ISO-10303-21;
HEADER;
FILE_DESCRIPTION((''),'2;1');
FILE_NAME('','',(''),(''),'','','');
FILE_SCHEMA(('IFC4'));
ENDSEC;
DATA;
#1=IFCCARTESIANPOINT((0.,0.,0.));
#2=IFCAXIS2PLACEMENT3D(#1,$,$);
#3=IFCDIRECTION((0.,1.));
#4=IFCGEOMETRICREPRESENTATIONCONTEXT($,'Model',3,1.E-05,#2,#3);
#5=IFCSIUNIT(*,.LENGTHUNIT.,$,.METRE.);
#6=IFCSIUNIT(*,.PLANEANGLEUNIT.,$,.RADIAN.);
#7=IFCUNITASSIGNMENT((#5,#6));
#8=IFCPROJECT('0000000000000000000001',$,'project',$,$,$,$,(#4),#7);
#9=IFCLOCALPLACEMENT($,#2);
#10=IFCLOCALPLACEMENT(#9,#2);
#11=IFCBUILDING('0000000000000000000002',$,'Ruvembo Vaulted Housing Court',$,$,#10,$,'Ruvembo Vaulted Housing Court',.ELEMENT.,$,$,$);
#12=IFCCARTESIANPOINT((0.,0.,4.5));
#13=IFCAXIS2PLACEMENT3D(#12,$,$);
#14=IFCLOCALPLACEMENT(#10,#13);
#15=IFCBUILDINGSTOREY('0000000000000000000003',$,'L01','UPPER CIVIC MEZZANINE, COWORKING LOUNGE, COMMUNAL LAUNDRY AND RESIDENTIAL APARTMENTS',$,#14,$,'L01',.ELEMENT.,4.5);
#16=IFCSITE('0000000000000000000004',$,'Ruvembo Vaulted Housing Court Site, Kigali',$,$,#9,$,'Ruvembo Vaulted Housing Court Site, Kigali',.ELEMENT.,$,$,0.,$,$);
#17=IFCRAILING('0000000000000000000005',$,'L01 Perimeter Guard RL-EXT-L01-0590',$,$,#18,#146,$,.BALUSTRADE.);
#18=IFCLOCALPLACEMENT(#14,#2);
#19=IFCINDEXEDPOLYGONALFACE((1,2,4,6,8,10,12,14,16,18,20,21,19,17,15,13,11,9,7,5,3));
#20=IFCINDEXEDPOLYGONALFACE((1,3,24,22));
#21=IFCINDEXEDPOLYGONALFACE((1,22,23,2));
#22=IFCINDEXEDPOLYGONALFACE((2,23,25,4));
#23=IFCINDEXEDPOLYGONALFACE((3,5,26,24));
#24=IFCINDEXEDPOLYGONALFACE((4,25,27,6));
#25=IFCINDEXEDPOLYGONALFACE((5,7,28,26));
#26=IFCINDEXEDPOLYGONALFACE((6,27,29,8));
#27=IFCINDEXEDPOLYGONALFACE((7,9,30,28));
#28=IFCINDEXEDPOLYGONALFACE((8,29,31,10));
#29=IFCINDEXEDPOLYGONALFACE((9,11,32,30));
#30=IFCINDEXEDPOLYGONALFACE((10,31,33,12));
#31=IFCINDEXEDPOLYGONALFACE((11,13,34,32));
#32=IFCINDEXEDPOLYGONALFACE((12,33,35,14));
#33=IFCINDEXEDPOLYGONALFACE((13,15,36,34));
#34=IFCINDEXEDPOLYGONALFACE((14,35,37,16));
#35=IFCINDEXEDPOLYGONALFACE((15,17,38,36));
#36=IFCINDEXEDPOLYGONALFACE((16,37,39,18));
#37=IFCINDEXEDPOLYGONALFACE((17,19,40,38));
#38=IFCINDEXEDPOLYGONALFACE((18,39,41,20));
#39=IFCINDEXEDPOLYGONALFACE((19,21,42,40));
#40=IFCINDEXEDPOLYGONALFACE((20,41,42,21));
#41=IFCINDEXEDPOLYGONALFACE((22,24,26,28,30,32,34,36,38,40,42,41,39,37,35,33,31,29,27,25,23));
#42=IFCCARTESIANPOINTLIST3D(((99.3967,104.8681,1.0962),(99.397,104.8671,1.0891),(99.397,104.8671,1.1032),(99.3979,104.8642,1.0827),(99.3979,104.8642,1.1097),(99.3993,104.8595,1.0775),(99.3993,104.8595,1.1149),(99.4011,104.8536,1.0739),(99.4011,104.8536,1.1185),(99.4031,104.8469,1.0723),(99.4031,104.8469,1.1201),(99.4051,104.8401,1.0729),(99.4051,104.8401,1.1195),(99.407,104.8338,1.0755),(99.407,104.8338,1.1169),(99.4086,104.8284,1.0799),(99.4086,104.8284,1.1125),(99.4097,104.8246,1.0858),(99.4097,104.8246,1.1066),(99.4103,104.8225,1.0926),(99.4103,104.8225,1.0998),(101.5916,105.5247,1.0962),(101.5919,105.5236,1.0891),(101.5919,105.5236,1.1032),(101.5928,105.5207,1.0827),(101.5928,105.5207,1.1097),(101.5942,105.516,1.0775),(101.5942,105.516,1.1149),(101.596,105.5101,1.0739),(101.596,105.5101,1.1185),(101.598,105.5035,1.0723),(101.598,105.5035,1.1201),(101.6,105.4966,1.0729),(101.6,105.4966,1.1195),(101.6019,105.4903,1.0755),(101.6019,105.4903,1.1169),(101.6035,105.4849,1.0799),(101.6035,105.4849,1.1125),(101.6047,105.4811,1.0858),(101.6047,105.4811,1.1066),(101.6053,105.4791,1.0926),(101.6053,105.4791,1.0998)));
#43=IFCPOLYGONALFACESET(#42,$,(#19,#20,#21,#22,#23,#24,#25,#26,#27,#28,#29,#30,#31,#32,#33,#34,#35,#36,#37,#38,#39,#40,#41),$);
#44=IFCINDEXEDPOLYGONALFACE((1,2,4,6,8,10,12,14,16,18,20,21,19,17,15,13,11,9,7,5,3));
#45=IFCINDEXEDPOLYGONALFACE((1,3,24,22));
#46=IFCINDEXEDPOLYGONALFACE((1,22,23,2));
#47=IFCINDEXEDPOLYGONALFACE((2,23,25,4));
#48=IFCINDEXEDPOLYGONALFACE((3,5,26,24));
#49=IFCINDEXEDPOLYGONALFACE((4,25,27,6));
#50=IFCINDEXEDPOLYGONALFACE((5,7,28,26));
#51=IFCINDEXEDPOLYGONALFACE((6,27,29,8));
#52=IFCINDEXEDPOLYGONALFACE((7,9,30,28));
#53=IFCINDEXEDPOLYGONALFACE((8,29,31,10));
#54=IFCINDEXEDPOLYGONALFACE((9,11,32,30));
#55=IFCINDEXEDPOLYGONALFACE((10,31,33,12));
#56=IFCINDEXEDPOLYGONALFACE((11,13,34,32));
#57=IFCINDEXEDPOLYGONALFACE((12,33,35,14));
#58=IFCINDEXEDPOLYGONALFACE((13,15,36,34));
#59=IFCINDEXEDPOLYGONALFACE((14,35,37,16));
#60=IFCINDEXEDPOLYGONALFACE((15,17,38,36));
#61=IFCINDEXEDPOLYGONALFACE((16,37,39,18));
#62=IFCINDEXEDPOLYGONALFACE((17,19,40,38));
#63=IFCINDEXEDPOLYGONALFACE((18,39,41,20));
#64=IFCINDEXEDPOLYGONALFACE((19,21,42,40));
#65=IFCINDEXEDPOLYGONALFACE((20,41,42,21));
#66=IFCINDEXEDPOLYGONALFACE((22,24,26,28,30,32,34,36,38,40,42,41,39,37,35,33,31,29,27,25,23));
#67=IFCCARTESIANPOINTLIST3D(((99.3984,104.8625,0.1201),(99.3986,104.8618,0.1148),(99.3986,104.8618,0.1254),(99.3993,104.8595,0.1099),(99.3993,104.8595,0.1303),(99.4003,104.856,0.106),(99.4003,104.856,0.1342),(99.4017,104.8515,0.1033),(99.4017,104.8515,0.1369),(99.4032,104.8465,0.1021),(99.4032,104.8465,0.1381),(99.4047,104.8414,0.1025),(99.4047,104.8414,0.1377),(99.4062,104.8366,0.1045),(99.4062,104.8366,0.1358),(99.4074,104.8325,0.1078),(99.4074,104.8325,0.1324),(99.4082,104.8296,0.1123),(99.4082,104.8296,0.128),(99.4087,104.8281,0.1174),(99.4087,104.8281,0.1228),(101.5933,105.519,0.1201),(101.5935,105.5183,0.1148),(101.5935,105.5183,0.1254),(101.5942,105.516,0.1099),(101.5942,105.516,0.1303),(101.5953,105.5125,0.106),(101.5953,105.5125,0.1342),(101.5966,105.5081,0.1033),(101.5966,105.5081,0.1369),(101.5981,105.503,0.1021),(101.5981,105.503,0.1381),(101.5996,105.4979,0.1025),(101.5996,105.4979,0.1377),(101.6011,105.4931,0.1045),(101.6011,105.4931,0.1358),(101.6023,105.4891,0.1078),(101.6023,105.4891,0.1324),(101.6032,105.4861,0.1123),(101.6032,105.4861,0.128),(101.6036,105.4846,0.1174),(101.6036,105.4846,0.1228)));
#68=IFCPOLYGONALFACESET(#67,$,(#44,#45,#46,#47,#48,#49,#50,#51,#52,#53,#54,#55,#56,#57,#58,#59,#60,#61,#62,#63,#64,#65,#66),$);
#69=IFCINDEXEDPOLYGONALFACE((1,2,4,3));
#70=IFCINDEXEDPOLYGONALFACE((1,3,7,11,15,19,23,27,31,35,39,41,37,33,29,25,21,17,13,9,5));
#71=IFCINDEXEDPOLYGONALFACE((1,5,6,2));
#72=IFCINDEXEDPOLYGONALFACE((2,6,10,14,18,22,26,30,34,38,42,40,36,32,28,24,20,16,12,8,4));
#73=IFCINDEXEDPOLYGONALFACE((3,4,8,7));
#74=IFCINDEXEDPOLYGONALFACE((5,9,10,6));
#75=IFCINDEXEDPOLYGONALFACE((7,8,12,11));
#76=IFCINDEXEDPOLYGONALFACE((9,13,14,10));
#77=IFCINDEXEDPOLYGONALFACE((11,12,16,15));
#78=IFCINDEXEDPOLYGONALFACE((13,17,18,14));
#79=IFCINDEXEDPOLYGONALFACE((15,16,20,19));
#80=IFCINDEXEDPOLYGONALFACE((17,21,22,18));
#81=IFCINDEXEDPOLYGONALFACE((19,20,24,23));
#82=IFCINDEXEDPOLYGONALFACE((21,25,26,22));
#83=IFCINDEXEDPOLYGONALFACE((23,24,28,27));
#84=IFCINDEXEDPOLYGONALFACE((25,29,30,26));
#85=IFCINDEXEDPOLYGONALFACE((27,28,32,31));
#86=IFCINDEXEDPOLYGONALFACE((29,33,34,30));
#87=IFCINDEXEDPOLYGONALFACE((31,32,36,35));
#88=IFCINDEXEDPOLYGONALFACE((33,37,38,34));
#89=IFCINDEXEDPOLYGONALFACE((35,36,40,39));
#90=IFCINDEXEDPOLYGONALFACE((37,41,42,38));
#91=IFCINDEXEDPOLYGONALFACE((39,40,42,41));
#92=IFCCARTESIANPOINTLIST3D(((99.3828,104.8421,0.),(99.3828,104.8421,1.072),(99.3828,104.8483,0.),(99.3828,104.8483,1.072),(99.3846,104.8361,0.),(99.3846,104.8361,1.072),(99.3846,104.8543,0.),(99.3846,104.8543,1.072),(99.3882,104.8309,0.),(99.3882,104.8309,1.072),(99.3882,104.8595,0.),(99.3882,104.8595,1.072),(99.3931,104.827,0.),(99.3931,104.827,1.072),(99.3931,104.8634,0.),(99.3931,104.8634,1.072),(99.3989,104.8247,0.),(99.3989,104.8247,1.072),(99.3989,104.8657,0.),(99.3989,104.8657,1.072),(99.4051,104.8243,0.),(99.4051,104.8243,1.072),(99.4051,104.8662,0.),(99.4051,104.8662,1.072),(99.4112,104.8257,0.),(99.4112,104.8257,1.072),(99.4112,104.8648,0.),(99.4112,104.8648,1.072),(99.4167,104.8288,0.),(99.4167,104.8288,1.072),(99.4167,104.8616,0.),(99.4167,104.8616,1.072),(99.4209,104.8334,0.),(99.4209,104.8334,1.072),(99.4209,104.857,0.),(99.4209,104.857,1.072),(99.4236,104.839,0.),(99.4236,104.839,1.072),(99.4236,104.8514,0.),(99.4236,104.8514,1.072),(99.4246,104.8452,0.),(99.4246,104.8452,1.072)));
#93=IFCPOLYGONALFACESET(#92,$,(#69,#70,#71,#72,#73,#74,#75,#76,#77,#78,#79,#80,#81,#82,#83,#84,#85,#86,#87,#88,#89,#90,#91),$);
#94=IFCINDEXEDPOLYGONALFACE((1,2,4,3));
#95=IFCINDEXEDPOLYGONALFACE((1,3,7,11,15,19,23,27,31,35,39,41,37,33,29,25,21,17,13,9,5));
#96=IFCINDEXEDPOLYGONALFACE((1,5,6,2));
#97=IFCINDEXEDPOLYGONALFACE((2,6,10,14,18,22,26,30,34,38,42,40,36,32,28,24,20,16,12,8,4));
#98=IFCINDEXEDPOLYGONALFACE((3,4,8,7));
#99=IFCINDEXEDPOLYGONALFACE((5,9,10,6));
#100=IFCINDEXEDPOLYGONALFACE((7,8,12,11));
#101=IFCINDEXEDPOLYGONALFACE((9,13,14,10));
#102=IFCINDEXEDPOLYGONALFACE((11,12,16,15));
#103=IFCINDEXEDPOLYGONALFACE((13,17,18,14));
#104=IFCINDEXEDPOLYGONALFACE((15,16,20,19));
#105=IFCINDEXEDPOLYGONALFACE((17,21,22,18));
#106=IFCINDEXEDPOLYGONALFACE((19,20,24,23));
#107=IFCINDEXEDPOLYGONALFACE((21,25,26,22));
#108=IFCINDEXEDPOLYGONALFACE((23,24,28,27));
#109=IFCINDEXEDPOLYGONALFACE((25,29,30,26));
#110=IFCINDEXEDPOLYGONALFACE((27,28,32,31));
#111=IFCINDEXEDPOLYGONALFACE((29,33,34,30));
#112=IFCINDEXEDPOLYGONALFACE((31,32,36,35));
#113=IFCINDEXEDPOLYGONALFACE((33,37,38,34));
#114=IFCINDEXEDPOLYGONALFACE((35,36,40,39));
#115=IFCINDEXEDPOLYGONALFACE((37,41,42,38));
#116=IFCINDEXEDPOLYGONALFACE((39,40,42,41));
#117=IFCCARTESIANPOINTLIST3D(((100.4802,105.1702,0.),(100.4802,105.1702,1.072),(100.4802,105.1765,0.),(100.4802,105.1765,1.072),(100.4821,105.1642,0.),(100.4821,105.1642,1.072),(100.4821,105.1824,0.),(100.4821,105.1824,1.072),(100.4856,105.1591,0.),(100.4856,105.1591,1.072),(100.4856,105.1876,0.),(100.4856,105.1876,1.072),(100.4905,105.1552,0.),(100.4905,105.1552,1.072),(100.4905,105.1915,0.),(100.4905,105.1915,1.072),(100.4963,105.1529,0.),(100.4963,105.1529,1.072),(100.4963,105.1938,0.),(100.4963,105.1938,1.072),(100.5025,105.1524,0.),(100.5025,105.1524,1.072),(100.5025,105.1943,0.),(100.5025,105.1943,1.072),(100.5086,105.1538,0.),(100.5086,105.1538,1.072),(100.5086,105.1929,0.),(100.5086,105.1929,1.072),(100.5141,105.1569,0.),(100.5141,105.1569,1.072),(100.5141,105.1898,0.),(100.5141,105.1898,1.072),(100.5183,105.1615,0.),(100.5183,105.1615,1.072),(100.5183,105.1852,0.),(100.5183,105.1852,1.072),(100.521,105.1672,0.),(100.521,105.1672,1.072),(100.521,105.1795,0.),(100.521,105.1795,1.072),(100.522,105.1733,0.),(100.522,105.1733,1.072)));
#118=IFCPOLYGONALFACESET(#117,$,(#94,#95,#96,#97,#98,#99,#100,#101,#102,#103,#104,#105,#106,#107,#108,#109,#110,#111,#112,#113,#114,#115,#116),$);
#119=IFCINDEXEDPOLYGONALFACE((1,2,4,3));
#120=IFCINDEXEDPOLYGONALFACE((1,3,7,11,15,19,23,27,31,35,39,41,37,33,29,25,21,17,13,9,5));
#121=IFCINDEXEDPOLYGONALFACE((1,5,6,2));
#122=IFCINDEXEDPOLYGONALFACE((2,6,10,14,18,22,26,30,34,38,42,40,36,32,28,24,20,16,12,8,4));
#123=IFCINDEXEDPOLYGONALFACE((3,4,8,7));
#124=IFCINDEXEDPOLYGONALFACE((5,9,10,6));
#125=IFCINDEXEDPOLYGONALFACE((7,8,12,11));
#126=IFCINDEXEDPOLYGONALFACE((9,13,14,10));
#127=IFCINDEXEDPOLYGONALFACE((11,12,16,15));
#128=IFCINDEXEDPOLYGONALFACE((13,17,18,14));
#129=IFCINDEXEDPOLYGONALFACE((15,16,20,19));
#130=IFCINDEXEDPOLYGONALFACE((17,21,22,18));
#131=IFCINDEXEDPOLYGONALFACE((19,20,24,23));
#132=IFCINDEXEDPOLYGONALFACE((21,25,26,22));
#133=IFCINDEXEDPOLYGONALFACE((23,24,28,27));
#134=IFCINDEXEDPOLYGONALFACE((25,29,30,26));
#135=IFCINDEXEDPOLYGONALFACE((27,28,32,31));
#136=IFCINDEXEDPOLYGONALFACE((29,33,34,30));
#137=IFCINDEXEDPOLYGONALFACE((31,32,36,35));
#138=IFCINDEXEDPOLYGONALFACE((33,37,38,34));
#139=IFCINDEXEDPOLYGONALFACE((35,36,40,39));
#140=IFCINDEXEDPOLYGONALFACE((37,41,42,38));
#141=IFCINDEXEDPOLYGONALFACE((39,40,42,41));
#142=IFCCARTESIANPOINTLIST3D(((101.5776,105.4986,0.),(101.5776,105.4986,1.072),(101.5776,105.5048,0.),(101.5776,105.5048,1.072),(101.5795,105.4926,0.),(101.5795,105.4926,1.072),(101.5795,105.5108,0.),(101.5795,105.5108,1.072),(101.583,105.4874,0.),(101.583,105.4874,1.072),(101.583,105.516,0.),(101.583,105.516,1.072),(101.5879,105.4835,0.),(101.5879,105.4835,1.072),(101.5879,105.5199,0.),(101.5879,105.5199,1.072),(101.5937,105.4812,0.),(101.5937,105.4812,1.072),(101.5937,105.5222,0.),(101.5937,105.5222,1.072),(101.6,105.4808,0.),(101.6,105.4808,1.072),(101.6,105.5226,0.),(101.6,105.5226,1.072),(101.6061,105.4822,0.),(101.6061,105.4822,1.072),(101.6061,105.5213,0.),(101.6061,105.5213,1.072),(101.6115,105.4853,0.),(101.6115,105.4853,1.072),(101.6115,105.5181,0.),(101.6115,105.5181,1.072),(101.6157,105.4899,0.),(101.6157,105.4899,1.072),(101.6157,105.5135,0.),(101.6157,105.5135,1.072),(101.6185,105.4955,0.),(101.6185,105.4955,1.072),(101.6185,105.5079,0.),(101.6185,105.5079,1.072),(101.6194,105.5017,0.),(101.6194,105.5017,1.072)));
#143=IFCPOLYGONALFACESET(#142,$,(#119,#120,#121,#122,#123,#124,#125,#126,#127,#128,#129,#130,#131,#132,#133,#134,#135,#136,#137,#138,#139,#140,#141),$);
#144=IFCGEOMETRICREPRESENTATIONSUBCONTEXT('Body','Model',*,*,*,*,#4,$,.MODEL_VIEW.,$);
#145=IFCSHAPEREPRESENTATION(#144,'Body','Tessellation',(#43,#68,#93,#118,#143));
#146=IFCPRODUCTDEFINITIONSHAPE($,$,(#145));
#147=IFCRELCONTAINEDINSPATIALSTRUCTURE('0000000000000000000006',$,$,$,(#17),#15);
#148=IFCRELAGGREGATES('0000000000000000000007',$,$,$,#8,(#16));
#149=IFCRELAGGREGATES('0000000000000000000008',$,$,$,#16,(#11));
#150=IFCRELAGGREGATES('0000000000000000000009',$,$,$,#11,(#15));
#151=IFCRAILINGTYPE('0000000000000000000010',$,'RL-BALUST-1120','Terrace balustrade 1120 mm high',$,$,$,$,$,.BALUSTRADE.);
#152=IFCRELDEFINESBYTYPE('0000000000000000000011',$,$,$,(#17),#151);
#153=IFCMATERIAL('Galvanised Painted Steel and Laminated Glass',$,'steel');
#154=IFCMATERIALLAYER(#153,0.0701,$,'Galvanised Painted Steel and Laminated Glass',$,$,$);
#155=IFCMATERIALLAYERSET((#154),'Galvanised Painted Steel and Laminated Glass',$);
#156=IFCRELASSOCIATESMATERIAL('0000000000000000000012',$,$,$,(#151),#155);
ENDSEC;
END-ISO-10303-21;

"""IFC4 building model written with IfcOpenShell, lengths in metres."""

from ifc_helpers import new_model, si_unit, direction, frame, origin, origin_2d, place, context, subcontext, project, spatial, circle, extrude, material, layer, layer_set, type_object, element, save


model = new_model("IFC4")

# Units and contexts
model_context = context("Model", 3, precision=1e-05, world=origin(), true_north=direction((0.0, 1.0)))
body_context = subcontext(model_context, "Body", "Model", "MODEL_VIEW")
ifc_project = project(units=[si_unit("LENGTHUNIT", "METRE"), si_unit("PLANEANGLEUNIT", "RADIAN")], contexts=[model_context])

# Site, building, storey
site_placement = place(None, origin())
site = spatial("IfcSite", under=ifc_project, at=site_placement, Name="Ruvembo Vaulted Housing Court Site, Kigali", LongName="Ruvembo Vaulted Housing Court Site, Kigali", CompositionType="ELEMENT", RefElevation=0.0)
building_placement = place(site_placement, origin())
building = spatial("IfcBuilding", under=site, at=building_placement, Name="Ruvembo Vaulted Housing Court", LongName="Ruvembo Vaulted Housing Court", CompositionType="ELEMENT")
storey_placement = place(building_placement, frame((0.0, 0.0, 4.5)))
storey = spatial("IfcBuildingStorey", under=building, at=storey_placement, Name="L01", Description="UPPER CIVIC MEZZANINE, COWORKING LOUNGE, COMMUNAL LAUNDRY AND RESIDENTIAL APARTMENTS", LongName="L01", CompositionType="ELEMENT", Elevation=4.5)

# Railing
ifc_material_1 = material(Name="Galvanised Painted Steel and Laminated Glass", Category="steel")
ifc_layer_1 = layer(ifc_material_1, 0.0701, Name="Galvanised Painted Steel and Laminated Glass")
ifc_layer_set_1 = layer_set([ifc_layer_1], Name="Galvanised Painted Steel and Laminated Glass")
railing_type = type_object("IfcRailingType", Name="RL-BALUST-1120", Description="Terrace balustrade 1120 mm high", PredefinedType="BALUSTRADE", material=ifc_layer_set_1)
railing_1_placement = place(storey_placement, frame((99.4036, 104.8452, 0.0)))
element("IfcRailing", 1, at=railing_1_placement, inside=storey, type_object=railing_type, Name="L01 Perimeter Guard RL-EXT-L01-0590", PredefinedType="BALUSTRADE", context=body_context, shape_type="SweptSolid", body=[
    extrude(circle(Radius=0.0239, at=origin_2d()), frame((0.0, 0.0, 1.0962), z_axis=(0.958061, 0.286566, 0.0), x_axis=(-0.286566, 0.958061, 0.0)), (0.0, 0.0, 1.0), 2.291),
    extrude(circle(Radius=0.0181, at=origin_2d()), frame((0.0, 0.0, 0.1201), z_axis=(0.958061, 0.286566, 0.0), x_axis=(-0.286566, 0.958061, 0.0)), (0.0, 0.0, 1.0), 2.291),
    extrude(circle(Radius=0.021, at=origin_2d()), origin(), (0.0, 0.0, 1.0), 1.072),
    extrude(circle(Radius=0.021, at=origin_2d()), frame((1.0974, 0.3281, 0.0)), (0.0, 0.0, 1.0), 1.072),
    extrude(circle(Radius=0.021, at=origin_2d()), frame((2.1948, 0.6565, 0.0)), (0.0, 0.0, 1.0), 1.072),
])

save(model, "model.ifc")
